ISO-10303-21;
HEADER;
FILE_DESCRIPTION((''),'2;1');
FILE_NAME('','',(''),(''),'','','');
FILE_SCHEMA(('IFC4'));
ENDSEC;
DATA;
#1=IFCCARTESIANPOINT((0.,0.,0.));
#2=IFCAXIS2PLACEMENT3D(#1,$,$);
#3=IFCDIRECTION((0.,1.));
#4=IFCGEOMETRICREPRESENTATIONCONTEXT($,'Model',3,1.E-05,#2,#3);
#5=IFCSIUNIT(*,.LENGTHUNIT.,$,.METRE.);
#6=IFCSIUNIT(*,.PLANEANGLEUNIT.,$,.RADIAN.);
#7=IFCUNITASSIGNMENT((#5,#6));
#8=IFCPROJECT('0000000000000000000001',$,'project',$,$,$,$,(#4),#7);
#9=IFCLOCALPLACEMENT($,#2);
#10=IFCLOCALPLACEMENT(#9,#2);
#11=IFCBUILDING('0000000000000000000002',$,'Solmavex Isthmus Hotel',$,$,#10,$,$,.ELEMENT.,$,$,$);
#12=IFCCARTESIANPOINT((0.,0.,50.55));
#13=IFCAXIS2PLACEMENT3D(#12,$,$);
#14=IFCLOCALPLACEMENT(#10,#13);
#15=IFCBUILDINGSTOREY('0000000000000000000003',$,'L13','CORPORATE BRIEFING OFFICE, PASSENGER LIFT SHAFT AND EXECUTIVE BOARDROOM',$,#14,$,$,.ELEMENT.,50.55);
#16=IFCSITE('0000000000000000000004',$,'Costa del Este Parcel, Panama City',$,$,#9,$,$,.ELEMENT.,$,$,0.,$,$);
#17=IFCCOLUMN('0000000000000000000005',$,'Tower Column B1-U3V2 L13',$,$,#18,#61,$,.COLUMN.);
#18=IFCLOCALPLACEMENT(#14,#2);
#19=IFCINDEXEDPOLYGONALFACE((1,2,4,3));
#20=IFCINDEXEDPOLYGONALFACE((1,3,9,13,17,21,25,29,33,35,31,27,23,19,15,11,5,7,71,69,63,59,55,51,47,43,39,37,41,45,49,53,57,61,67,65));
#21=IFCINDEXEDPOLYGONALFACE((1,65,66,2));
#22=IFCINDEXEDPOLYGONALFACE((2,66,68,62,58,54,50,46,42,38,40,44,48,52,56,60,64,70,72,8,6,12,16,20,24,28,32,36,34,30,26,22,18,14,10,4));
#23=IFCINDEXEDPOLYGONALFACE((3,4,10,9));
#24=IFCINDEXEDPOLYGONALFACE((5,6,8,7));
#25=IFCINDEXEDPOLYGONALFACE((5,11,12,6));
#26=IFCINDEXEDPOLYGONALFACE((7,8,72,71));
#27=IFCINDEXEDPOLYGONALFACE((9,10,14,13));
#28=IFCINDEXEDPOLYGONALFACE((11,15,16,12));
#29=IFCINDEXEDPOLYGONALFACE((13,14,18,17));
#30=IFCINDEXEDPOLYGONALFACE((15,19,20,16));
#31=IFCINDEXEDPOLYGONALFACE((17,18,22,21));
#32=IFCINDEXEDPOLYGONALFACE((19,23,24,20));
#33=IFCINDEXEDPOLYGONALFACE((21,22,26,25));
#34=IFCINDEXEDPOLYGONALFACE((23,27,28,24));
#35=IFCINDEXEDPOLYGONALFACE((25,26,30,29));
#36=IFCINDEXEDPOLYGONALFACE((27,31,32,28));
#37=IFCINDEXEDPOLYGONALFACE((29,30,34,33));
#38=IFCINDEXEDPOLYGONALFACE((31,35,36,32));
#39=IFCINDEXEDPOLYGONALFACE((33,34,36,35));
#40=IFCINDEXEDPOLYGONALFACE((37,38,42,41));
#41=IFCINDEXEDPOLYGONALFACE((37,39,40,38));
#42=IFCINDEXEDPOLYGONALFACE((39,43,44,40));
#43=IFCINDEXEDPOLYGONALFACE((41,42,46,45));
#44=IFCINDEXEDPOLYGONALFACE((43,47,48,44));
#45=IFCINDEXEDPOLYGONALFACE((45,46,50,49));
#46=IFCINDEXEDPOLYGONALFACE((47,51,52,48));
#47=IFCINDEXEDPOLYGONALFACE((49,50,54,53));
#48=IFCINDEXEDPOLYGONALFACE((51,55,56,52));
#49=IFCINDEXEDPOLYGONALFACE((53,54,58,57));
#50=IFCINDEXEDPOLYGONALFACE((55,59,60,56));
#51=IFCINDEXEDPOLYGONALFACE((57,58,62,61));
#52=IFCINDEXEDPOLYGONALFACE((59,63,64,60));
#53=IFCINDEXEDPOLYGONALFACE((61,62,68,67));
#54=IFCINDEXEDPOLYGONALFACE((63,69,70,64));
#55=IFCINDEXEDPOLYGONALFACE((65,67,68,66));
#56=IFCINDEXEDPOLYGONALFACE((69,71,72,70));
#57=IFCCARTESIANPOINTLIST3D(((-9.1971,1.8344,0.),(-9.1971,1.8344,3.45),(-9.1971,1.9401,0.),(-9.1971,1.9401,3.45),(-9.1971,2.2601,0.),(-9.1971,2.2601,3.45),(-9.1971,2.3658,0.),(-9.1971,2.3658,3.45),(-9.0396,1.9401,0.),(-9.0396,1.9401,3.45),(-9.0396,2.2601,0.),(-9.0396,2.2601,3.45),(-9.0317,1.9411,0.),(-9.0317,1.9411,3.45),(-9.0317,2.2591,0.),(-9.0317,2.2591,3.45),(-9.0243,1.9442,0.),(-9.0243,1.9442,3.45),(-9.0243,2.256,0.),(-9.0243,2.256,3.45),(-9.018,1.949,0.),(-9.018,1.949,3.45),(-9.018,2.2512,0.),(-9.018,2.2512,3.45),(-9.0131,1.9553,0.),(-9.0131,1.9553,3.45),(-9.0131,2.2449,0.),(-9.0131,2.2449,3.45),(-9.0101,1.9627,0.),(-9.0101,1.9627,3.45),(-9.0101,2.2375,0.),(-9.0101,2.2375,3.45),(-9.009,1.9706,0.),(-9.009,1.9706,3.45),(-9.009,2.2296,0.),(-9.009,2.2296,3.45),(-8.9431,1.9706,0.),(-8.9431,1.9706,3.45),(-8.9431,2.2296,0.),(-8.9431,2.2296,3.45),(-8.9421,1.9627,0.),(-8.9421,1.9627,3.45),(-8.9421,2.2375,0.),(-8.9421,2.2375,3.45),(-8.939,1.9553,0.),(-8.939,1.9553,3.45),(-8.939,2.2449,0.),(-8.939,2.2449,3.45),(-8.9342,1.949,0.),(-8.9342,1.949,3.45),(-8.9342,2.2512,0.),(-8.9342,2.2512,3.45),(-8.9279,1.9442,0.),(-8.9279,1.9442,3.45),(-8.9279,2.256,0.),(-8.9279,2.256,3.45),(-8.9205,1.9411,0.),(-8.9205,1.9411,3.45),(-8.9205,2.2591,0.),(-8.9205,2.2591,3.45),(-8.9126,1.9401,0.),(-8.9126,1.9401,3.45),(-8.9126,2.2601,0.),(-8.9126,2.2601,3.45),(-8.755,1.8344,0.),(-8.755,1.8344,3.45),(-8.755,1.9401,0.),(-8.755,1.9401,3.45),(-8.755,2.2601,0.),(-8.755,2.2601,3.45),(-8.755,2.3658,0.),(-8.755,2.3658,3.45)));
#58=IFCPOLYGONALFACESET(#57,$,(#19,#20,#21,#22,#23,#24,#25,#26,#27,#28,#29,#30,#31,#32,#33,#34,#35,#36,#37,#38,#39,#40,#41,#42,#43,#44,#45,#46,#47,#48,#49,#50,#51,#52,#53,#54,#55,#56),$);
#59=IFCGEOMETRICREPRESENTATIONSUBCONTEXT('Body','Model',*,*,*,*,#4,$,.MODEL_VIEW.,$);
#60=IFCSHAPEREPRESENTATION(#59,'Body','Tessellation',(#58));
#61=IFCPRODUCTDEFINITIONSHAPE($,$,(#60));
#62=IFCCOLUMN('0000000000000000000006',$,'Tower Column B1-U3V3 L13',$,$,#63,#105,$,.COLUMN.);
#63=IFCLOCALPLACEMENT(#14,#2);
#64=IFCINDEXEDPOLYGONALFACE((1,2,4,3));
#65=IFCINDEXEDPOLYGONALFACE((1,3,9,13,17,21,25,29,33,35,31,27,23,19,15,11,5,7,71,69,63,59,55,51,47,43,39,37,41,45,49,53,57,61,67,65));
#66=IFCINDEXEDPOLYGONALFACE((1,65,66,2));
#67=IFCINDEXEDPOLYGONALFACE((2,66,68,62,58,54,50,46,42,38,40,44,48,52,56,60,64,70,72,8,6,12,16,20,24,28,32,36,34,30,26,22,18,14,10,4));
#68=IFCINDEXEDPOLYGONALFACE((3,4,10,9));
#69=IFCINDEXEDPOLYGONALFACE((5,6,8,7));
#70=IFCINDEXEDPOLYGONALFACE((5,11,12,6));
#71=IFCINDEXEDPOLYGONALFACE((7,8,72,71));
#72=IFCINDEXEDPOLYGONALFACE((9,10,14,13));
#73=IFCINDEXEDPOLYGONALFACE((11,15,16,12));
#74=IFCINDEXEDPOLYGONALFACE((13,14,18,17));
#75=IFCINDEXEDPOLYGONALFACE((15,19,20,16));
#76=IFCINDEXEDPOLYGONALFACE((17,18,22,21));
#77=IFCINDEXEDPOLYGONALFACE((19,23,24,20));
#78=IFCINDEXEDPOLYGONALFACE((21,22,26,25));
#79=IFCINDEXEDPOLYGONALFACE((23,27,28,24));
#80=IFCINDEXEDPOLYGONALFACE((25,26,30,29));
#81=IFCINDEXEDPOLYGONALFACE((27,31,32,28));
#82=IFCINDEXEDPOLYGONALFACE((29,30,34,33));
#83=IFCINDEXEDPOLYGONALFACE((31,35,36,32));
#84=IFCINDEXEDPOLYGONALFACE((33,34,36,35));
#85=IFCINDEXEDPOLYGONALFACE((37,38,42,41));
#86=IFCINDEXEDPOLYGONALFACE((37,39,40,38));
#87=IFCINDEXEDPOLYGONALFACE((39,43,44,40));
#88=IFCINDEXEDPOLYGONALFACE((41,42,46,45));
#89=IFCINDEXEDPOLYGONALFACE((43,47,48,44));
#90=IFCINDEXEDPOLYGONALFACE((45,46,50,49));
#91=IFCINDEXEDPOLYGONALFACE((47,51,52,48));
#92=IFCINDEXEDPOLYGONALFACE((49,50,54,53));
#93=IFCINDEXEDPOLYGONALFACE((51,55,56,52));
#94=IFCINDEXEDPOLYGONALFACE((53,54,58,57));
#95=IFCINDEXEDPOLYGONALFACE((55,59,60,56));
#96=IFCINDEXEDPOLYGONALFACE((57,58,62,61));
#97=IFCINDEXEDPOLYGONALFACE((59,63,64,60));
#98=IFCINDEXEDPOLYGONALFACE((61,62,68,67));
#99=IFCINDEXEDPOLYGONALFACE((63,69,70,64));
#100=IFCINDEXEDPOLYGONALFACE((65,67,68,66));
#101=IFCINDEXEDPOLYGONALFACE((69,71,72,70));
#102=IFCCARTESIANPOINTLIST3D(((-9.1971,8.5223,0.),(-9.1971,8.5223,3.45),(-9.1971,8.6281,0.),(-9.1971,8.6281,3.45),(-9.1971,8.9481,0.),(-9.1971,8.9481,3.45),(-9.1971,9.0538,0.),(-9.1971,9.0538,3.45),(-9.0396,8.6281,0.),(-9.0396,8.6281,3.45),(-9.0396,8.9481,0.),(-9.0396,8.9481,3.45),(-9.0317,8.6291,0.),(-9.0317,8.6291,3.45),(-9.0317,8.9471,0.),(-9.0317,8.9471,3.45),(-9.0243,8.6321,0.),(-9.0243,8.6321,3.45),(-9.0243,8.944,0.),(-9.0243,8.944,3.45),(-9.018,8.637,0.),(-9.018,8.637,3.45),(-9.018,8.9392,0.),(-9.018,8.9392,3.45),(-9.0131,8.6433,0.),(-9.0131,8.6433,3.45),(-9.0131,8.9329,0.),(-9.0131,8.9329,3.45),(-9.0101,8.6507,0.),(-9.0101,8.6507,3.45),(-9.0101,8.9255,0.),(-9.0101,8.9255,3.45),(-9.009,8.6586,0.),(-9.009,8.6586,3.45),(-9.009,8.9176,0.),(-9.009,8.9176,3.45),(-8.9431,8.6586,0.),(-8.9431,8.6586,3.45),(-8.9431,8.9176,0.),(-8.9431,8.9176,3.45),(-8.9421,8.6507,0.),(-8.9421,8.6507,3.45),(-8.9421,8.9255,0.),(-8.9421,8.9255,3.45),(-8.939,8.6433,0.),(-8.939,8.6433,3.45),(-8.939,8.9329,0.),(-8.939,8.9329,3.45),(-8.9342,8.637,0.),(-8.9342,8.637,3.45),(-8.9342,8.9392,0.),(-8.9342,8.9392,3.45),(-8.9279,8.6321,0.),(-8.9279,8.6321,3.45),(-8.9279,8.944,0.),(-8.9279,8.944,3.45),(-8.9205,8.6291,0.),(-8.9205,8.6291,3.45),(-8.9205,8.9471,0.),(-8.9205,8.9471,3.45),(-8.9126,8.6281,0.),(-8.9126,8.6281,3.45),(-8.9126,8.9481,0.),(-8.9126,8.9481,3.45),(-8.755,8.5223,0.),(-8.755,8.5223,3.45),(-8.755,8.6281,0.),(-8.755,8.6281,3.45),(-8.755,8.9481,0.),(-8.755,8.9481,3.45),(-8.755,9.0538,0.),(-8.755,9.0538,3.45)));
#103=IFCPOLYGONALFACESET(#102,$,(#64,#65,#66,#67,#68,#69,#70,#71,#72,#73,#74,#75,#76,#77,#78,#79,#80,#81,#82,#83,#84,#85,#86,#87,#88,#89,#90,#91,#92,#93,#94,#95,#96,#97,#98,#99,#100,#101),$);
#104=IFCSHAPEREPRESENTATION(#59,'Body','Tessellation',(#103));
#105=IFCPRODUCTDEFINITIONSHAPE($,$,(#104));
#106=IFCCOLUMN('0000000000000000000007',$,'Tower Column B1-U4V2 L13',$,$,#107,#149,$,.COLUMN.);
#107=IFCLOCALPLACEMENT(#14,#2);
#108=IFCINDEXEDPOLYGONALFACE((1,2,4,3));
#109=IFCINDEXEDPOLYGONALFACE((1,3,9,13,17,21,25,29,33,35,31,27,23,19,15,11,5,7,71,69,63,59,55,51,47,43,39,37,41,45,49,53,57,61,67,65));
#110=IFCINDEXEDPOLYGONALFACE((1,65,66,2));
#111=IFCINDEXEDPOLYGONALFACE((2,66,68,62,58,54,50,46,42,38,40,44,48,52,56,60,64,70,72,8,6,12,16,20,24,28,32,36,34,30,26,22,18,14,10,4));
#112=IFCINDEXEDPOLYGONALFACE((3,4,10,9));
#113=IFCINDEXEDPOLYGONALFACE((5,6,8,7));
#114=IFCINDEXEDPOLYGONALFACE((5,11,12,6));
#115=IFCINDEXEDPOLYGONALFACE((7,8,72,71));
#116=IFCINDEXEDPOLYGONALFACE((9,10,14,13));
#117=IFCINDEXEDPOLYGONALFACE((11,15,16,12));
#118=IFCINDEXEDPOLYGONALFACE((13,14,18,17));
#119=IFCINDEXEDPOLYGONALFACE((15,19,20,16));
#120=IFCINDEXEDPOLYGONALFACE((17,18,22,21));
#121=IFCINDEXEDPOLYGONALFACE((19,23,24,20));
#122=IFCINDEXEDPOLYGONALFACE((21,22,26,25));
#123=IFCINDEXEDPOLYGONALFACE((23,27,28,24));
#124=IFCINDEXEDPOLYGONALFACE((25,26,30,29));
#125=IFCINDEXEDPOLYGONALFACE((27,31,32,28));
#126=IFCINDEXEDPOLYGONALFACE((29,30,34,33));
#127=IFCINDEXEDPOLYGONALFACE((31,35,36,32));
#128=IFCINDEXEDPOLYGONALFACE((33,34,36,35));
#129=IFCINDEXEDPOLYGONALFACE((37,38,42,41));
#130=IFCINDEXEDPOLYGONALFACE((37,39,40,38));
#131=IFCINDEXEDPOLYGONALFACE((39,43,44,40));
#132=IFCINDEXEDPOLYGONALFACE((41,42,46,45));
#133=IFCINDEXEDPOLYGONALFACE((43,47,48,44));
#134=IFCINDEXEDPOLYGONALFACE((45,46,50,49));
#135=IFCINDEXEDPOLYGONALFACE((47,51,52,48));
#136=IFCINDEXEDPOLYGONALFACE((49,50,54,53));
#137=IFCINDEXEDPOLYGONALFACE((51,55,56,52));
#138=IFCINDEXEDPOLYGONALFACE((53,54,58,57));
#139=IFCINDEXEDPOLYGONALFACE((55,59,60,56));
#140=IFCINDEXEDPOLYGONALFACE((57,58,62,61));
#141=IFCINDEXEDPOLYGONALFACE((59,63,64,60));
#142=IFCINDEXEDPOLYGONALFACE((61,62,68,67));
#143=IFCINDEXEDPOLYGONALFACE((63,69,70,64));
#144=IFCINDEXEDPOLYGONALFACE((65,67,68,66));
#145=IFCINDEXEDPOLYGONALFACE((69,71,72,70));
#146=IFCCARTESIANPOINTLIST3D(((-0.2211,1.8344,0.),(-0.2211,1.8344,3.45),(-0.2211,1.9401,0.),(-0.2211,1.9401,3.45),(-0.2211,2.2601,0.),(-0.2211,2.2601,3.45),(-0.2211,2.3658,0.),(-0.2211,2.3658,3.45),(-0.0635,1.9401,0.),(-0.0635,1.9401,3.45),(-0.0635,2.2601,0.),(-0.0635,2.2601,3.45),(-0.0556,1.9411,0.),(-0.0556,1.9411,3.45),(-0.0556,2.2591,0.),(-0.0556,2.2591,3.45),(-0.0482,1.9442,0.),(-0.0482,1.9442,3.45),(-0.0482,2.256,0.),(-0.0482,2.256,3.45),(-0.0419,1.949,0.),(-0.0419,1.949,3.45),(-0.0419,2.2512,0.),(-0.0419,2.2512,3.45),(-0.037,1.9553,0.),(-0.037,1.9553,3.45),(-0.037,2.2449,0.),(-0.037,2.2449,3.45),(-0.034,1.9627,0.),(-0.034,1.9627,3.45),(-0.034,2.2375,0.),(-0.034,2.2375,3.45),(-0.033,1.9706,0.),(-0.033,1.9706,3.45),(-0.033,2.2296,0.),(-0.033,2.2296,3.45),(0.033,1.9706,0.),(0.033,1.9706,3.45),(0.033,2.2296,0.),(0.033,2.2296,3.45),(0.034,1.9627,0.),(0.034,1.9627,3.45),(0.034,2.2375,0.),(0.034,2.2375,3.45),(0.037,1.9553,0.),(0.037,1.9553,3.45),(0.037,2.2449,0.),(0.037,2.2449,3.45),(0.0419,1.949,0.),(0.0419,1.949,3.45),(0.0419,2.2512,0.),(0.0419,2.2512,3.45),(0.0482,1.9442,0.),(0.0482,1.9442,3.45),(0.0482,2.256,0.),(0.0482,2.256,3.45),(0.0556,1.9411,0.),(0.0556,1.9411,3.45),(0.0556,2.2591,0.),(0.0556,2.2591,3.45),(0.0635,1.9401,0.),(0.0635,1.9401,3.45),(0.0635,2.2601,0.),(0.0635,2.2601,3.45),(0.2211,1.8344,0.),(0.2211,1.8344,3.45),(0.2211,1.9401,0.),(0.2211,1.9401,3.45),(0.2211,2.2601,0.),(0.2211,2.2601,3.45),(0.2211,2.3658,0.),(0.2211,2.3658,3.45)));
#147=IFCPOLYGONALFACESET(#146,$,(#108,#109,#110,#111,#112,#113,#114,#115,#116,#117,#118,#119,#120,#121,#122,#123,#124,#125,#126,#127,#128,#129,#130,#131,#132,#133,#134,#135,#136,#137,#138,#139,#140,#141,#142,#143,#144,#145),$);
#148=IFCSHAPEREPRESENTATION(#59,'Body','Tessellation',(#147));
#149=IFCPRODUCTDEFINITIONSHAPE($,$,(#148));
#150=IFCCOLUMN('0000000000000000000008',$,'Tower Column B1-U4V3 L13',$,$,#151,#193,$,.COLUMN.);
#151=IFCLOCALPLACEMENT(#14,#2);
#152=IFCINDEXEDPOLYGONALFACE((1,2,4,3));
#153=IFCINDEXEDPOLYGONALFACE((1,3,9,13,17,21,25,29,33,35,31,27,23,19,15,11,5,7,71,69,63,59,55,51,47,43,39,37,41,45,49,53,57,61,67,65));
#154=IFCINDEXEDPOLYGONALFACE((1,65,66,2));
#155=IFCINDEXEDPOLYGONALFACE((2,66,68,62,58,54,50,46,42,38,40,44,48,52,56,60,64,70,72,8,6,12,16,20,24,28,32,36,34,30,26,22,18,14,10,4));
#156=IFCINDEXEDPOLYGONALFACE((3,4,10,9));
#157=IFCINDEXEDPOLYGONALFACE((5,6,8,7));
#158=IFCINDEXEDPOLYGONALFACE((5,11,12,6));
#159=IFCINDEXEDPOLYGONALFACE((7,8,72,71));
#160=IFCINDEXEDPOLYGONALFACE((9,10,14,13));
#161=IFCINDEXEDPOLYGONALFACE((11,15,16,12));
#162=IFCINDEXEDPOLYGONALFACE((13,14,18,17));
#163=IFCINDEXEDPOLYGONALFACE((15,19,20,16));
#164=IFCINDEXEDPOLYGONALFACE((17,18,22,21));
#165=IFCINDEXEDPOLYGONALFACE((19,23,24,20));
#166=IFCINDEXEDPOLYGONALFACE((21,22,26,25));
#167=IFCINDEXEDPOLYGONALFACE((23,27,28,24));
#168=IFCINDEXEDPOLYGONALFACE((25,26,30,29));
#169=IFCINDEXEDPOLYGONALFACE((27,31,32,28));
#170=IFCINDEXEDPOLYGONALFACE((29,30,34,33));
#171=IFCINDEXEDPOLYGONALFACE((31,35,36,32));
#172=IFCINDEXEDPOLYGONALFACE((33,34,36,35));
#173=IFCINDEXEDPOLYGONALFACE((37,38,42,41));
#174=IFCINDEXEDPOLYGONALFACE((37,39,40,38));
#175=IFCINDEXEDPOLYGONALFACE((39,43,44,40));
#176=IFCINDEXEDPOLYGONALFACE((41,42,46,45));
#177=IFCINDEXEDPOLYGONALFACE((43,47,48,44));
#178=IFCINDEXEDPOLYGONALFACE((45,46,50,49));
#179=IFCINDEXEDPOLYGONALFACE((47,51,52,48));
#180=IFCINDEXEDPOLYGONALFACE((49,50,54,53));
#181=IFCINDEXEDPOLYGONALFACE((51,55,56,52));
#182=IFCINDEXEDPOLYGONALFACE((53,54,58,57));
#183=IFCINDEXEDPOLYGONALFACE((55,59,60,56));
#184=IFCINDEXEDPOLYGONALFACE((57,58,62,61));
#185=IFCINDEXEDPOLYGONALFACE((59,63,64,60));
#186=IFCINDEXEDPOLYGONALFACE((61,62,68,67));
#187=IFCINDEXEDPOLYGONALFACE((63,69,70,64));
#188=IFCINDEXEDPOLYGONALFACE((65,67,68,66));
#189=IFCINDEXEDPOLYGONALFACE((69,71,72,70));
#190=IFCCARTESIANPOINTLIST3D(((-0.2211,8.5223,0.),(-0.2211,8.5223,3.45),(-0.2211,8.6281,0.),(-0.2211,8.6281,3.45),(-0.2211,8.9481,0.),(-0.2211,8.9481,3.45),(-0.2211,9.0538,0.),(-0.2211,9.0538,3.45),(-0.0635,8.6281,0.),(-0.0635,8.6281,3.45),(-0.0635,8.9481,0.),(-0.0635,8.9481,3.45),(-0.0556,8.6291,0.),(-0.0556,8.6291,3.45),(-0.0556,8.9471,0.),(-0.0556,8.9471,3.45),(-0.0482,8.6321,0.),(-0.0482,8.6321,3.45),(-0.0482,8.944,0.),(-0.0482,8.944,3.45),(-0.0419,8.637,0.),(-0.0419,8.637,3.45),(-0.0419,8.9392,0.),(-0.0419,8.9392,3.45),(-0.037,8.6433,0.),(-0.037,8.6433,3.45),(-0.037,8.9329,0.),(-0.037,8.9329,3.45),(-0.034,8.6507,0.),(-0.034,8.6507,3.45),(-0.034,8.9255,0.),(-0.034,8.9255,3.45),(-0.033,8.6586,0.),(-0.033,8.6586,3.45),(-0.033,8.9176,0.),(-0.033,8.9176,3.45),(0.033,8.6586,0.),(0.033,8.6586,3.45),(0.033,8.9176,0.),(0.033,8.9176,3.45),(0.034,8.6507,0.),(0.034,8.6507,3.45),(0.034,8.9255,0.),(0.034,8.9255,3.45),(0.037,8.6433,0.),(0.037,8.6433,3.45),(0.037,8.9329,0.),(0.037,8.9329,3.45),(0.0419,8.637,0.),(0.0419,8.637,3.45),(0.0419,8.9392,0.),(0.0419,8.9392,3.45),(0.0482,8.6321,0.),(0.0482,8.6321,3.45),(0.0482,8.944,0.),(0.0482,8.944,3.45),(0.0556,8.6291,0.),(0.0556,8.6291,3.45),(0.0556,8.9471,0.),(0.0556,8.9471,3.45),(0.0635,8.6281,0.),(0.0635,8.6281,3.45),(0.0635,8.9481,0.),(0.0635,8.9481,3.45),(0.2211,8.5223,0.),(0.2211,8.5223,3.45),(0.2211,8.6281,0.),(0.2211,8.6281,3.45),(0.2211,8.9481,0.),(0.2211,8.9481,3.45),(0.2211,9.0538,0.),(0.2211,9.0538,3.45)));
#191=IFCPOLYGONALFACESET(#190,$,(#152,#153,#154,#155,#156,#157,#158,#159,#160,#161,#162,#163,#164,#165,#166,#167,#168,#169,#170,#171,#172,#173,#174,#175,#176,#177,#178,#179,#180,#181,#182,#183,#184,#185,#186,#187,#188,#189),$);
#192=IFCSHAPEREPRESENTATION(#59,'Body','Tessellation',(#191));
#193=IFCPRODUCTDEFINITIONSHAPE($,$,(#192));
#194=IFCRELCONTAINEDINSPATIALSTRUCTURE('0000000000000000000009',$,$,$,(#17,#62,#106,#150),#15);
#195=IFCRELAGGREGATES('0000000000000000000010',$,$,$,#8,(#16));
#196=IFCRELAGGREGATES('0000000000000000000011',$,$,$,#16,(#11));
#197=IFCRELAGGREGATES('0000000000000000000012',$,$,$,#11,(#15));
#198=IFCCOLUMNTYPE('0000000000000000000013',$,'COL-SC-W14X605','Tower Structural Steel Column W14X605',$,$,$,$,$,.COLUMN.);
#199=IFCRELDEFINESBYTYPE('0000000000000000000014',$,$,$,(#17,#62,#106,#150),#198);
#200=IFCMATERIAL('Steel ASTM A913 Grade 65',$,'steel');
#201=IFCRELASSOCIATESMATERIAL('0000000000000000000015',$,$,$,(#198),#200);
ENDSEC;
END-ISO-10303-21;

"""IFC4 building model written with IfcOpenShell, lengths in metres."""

from ifc_helpers import new_model, si_unit, direction, frame, origin, origin_2d, place, context, subcontext, project, spatial, i_section, extrude, material, material_profile, profile_set, type_object, element, save


model = new_model("IFC4")

# Units and contexts
model_context = context("Model", 3, precision=1e-05, world=origin(), true_north=direction((0.0, 1.0)))
body_context = subcontext(model_context, "Body", "Model", "MODEL_VIEW")
ifc_project = project(units=[si_unit("LENGTHUNIT", "METRE"), si_unit("PLANEANGLEUNIT", "RADIAN")], contexts=[model_context])

# Site, building, storey
site_placement = place(None, origin())
site = spatial("IfcSite", under=ifc_project, at=site_placement, Name="Costa del Este Parcel, Panama City", CompositionType="ELEMENT", RefElevation=0.0)
building_placement = place(site_placement, origin())
building = spatial("IfcBuilding", under=site, at=building_placement, Name="Solmavex Isthmus Hotel", CompositionType="ELEMENT")
storey_placement = place(building_placement, frame((0.0, 0.0, 50.55)))
storey = spatial("IfcBuildingStorey", under=building, at=storey_placement, Name="L13", Description="CORPORATE BRIEFING OFFICE, PASSENGER LIFT SHAFT AND EXECUTIVE BOARDROOM", CompositionType="ELEMENT", Elevation=50.55)

# Columns
ifc_material_1 = material(Name="Steel ASTM A913 Grade 65", Category="steel")
ifc_material_profile_1 = material_profile(ifc_material_1, i_section(OverallWidth=0.4421, OverallDepth=0.5315, WebThickness=0.0659, FlangeThickness=0.1057, FilletRadius=0.0305, at=origin_2d()), Name="W14X605")
ifc_profile_set_1 = profile_set([ifc_material_profile_1], Name="Steel ASTM A913 Grade 65")
column_type = type_object("IfcColumnType", Name="COL-SC-W14X605", Description="Tower Structural Steel Column W14X605", PredefinedType="COLUMN", material=ifc_profile_set_1)
for number, where, z_axis, x_axis, name in (
    (1, (-8.9761, 2.1001, 0.0), (0.0, 0.0, 1.0), (1.0, 0.0, 0.0), "Tower Column B1-U3V2 L13"),
    (2, (-8.9761, 8.7881, 0.0), (0.0, 0.0, 1.0), (1.0, 0.0, 0.0), "Tower Column B1-U3V3 L13"),
    (3, (0.0, 2.1001, 0.0), (0.0, 0.0, 1.0), (1.0, 0.0, 0.0), "Tower Column B1-U4V2 L13"),
    (4, (0.0, 8.7881, 0.0), (0.0, 0.0, 1.0), (1.0, 0.0, 0.0), "Tower Column B1-U4V3 L13"),
):
    element("IfcColumn", number, at=place(storey_placement, frame(where, z_axis=z_axis, x_axis=x_axis)), inside=storey, type_object=column_type, Name=name, PredefinedType="COLUMN", context=body_context, shape_type="SweptSolid", body=[
        extrude(i_section(OverallWidth=0.4421, OverallDepth=0.5315, WebThickness=0.0659, FlangeThickness=0.1057, FilletRadius=0.0305, at=origin_2d()), origin(), (0.0, 0.0, 1.0), 3.45),
    ])

save(model, "model.ifc")
